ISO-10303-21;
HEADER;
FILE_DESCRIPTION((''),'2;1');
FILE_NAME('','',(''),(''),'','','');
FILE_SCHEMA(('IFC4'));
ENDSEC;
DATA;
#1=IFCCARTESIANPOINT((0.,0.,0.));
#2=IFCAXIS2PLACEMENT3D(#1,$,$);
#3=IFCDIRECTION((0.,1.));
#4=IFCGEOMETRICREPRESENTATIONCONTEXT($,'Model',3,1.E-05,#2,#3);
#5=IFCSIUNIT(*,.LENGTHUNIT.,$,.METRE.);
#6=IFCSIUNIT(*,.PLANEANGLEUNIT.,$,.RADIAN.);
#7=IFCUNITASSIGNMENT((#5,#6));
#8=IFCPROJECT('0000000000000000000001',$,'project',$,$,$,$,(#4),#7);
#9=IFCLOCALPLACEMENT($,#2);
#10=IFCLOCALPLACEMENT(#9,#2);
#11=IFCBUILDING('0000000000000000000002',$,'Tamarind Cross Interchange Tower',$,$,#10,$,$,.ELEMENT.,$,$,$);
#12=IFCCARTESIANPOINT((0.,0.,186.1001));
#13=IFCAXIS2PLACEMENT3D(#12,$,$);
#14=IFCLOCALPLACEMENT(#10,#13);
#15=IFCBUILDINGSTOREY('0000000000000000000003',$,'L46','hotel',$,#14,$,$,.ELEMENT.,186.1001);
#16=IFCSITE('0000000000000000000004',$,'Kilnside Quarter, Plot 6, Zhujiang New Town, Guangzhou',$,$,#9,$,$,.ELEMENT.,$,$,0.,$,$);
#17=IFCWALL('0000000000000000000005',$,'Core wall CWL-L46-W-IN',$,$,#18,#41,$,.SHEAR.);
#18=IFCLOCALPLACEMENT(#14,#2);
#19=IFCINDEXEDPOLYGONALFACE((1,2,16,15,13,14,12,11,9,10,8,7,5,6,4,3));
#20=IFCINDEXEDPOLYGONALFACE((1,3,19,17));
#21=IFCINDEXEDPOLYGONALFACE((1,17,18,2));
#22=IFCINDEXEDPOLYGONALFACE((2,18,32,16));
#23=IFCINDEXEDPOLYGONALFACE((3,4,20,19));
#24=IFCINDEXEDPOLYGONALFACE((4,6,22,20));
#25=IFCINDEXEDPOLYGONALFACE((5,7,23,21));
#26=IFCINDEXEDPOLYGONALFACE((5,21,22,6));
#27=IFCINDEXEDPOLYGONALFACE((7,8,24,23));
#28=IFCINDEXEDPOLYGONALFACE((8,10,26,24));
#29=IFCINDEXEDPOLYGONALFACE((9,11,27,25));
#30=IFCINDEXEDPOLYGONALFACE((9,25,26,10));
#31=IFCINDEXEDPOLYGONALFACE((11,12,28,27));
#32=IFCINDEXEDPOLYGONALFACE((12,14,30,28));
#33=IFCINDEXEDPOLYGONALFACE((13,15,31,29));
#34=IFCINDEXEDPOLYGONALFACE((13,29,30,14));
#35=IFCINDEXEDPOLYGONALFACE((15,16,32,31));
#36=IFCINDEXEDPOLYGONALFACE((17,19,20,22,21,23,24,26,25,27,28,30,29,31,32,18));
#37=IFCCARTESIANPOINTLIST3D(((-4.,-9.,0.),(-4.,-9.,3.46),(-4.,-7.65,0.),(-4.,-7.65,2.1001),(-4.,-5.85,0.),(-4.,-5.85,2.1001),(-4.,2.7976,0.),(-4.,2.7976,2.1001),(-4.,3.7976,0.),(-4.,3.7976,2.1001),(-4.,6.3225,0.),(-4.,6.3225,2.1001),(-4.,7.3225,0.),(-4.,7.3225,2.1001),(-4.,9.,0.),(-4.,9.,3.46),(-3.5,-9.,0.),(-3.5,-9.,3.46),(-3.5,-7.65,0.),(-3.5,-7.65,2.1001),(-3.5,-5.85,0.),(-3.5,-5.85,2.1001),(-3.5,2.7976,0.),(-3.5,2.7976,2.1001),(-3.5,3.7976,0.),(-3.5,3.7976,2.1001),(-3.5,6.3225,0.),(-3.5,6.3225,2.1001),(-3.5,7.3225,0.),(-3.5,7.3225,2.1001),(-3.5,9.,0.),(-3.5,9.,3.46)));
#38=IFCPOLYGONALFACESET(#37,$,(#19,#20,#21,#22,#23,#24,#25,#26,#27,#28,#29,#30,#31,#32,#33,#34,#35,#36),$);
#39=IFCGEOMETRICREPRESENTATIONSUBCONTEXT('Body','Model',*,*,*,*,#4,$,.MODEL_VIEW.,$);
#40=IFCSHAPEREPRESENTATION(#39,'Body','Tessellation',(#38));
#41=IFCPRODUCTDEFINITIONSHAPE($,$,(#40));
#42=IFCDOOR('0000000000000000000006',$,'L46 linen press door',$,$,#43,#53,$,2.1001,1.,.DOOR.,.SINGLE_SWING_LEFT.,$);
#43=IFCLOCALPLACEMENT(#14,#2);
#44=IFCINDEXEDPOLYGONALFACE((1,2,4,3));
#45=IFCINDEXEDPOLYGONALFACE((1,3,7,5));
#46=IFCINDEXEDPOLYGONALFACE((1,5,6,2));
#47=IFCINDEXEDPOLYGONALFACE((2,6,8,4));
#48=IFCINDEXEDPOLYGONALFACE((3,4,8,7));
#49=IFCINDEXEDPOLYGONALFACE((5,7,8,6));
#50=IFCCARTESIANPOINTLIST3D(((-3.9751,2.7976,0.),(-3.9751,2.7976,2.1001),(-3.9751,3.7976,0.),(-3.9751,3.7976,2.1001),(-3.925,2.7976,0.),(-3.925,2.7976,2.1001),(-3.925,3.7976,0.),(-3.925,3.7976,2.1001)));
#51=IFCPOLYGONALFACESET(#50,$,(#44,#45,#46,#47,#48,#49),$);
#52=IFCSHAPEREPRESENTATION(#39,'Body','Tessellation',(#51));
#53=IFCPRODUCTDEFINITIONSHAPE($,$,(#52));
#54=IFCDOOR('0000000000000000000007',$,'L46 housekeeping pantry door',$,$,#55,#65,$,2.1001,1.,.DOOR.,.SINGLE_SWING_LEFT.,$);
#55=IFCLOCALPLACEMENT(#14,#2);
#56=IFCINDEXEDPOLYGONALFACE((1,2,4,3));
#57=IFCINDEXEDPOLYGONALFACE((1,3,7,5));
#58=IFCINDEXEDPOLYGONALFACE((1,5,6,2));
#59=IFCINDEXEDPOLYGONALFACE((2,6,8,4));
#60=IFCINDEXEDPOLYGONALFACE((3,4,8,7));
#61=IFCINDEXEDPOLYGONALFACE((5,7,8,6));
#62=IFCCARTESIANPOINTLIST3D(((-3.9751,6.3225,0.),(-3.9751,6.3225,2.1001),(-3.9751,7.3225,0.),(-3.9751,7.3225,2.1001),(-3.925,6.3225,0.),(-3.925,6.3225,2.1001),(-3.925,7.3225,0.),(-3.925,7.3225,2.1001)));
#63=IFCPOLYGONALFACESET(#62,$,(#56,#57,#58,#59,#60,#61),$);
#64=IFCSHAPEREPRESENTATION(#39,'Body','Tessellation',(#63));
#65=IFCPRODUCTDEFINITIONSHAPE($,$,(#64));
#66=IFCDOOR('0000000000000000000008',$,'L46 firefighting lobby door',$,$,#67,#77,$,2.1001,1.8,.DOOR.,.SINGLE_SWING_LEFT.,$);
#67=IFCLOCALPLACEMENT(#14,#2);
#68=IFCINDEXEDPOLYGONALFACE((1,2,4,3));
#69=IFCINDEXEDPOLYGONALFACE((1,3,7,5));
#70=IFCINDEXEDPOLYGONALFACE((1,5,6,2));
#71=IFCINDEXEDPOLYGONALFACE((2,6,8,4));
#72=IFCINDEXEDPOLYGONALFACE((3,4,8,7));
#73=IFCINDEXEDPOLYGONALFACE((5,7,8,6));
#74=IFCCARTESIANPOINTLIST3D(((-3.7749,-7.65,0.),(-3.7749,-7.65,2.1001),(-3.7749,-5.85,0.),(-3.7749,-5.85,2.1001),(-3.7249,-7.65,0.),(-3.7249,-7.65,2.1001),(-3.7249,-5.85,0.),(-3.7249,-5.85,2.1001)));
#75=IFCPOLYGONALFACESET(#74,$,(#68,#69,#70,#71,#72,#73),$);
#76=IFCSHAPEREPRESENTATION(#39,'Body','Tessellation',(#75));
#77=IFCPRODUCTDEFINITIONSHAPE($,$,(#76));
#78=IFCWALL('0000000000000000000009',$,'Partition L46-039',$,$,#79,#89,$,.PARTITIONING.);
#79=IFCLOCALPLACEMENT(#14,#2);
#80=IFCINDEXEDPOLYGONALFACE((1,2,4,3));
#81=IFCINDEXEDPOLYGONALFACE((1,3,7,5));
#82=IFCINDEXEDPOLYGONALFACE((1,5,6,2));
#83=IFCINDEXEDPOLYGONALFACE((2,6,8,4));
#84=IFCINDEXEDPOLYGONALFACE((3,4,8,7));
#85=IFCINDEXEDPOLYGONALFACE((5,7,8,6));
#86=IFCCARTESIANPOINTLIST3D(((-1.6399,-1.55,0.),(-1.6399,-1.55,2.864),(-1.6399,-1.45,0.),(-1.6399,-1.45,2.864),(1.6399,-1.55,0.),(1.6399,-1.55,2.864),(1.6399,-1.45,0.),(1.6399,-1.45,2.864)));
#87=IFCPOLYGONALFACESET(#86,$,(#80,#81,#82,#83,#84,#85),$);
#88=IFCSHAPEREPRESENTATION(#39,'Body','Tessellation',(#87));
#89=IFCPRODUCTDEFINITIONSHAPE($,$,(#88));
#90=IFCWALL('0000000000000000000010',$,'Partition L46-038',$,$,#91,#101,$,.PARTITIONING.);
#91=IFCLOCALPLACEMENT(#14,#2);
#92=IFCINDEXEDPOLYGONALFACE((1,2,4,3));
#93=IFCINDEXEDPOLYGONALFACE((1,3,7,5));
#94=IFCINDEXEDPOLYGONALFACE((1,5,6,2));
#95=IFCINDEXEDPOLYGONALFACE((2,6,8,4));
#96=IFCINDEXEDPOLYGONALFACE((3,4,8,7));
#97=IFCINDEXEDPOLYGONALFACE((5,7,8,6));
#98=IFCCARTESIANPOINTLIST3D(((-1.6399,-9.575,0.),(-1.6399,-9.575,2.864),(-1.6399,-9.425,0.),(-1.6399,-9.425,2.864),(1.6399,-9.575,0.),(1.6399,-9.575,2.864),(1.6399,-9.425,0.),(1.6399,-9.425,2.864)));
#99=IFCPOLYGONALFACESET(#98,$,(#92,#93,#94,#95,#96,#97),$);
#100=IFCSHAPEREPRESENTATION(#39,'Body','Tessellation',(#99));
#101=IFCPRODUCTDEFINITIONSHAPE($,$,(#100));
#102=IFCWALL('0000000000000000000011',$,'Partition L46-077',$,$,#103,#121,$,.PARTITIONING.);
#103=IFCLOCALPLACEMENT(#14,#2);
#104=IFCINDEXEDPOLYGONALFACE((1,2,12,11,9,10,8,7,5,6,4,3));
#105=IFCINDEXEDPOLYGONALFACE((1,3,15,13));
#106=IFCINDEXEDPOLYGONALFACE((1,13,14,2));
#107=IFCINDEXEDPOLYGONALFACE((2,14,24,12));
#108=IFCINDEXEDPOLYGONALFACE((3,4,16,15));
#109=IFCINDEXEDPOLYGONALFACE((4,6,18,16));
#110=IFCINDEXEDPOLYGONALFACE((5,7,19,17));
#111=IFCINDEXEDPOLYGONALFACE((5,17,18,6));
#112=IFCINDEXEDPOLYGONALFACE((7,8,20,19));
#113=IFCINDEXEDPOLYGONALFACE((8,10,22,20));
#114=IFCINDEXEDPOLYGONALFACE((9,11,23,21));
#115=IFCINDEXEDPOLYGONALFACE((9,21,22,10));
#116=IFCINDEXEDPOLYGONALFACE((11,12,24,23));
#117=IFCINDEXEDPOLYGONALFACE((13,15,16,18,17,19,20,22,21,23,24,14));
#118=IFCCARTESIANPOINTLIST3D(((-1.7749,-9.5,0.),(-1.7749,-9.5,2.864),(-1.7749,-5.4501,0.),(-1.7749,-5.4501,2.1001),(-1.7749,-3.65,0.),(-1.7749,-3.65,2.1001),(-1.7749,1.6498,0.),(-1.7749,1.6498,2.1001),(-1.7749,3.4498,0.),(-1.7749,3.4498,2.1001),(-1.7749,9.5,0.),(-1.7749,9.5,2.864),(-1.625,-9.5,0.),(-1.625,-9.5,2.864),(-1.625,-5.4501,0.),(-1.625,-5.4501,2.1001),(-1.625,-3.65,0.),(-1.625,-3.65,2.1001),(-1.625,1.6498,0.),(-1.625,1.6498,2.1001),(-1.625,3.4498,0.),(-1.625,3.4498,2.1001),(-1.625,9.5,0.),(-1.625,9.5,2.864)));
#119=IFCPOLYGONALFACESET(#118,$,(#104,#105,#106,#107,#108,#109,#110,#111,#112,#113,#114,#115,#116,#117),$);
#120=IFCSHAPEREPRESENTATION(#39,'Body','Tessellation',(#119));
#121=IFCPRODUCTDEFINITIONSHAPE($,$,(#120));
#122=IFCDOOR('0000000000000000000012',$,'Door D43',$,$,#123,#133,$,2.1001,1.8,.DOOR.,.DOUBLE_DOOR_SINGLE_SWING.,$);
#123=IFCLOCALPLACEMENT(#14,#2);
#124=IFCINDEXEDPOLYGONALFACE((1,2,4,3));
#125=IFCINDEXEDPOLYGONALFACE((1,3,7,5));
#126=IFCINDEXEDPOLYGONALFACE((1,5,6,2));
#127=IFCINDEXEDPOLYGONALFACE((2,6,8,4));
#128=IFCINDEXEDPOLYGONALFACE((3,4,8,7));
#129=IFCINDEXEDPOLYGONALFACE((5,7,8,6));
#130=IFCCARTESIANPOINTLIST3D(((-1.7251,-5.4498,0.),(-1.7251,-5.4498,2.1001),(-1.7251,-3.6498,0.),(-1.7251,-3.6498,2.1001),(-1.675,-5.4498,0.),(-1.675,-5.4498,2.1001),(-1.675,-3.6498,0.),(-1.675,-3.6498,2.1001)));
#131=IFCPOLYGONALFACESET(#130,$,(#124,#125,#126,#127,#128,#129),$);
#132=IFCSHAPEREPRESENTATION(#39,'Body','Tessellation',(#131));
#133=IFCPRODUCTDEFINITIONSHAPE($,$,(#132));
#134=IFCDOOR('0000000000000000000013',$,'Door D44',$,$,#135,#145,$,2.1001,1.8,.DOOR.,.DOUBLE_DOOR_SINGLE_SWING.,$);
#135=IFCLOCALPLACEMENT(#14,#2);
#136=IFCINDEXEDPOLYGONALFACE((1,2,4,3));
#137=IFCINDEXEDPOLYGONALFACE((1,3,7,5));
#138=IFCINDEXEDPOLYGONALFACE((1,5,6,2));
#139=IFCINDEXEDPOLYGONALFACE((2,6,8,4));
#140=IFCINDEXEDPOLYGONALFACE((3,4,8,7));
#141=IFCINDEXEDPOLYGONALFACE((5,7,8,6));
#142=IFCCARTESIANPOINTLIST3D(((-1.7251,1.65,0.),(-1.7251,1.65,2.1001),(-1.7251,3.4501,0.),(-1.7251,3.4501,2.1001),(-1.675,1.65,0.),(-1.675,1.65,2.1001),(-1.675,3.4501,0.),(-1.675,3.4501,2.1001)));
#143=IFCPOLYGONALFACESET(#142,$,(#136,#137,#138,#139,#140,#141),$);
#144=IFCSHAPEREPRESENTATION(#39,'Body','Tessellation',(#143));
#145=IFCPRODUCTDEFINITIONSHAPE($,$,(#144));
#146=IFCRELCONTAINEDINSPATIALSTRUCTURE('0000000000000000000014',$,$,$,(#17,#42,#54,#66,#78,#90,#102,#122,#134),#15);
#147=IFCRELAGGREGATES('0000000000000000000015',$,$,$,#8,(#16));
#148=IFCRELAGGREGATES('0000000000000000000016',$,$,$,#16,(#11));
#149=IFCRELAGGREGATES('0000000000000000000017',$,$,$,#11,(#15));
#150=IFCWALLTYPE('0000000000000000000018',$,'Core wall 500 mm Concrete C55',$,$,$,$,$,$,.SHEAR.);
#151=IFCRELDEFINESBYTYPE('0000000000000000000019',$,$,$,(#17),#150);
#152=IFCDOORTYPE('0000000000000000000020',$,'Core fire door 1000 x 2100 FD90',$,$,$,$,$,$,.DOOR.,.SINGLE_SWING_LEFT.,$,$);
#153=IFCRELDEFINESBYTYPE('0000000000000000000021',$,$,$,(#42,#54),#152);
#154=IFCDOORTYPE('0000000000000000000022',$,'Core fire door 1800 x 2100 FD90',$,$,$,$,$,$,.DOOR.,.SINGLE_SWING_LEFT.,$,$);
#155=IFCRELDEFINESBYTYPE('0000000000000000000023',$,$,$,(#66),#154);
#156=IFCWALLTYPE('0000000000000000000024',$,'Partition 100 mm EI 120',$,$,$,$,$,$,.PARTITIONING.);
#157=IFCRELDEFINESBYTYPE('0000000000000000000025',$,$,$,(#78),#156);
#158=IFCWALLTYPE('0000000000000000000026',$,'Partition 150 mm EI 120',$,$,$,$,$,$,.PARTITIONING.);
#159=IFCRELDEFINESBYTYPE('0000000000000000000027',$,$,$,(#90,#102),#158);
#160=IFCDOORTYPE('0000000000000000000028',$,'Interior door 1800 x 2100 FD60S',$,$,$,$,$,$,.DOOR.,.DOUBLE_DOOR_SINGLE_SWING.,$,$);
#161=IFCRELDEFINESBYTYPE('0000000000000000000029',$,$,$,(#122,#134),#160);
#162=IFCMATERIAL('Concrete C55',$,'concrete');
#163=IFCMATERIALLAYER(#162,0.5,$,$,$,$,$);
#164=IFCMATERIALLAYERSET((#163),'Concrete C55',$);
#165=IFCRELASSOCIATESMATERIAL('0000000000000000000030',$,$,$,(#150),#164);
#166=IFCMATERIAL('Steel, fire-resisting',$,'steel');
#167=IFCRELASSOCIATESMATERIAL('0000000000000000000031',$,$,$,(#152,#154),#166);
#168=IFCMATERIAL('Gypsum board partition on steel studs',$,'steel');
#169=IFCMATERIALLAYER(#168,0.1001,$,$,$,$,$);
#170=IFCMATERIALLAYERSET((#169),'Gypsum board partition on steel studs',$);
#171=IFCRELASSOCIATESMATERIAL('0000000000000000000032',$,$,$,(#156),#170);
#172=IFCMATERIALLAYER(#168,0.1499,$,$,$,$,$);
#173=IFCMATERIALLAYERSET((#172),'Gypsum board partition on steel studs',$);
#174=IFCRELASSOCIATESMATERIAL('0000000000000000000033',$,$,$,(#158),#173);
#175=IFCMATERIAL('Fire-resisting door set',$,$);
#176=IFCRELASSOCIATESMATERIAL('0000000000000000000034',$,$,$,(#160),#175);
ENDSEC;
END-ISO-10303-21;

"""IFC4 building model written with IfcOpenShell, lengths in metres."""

from ifc_helpers import new_model, si_unit, direction, frame, frame_2d, origin, place, context, subcontext, project, spatial, rectangle, extrude, material, layer, layer_set, type_object, element, fill, save


model = new_model("IFC4")

# Units and contexts
model_context = context("Model", 3, precision=1e-05, world=origin(), true_north=direction((0.0, 1.0)))
body_context = subcontext(model_context, "Body", "Model", "MODEL_VIEW")
ifc_project = project(units=[si_unit("LENGTHUNIT", "METRE"), si_unit("PLANEANGLEUNIT", "RADIAN")], contexts=[model_context])

# Site, building, storey
site_placement = place(None, origin())
site = spatial("IfcSite", under=ifc_project, at=site_placement, Name="Kilnside Quarter, Plot 6, Zhujiang New Town, Guangzhou", CompositionType="ELEMENT", RefElevation=0.0)
building_placement = place(site_placement, origin())
building = spatial("IfcBuilding", under=site, at=building_placement, Name="Tamarind Cross Interchange Tower", CompositionType="ELEMENT")
storey_placement = place(building_placement, frame((0.0, 0.0, 186.1001)))
storey = spatial("IfcBuildingStorey", under=building, at=storey_placement, Name="L46", Description="hotel", CompositionType="ELEMENT", Elevation=186.1001)

# Wall, openings, doors
ifc_material_1 = material(Name="Concrete C55", Category="concrete")
ifc_layer_1 = layer(ifc_material_1, 0.5)
ifc_layer_set_1 = layer_set([ifc_layer_1], Name="Concrete C55")
wall_type_1 = type_object("IfcWallType", Name="Core wall 500 mm Concrete C55", PredefinedType="SHEAR", material=ifc_layer_set_1)
wall_1_placement = place(storey_placement, frame((-3.75, -9.0, 0.0), z_axis=(0.0, 0.0, 1.0), x_axis=(0.0, 1.0, 0.0)))
wall_1 = element("IfcWall", 1, at=wall_1_placement, inside=storey, type_object=wall_type_1, Name="Core wall CWL-L46-W-IN", PredefinedType="SHEAR", context=body_context, shape_type="SweptSolid", body=[
    extrude(rectangle(XDim=18.0, YDim=0.5, at=frame_2d((9.0, 0.0))), origin(), (0.0, 0.0, 1.0), 3.46),
])
opening_1_placement = place(wall_1_placement, frame((1.3501, 0.0, 0.0)))
opening_1 = element("IfcOpeningElement", 2, at=opening_1_placement, cuts=wall_1, PredefinedType="OPENING", context=body_context, shape_type="SweptSolid", body=[
    extrude(rectangle(XDim=1.8, YDim=2.1001, at=frame_2d((0.8999, 1.05))), frame((0.0, 0.26, 0.0), z_axis=(0.0, -1.0, 0.0), x_axis=(1.0, 0.0, 0.0)), (0.0, 0.0, 1.0), 0.52),
])
opening_2_placement = place(wall_1_placement, frame((11.7976, 0.0, 0.0)))
opening_2 = element("IfcOpeningElement", 3, at=opening_2_placement, cuts=wall_1, PredefinedType="OPENING", context=body_context, shape_type="SweptSolid", body=[
    extrude(rectangle(XDim=1.0, YDim=2.1001, at=frame_2d((0.5, 1.05))), frame((0.0, 0.26, 0.0), z_axis=(0.0, -1.0, 0.0), x_axis=(1.0, 0.0, 0.0)), (0.0, 0.0, 1.0), 0.52),
])
opening_3_placement = place(wall_1_placement, frame((15.3225, 0.0, 0.0)))
opening_3 = element("IfcOpeningElement", 4, at=opening_3_placement, cuts=wall_1, PredefinedType="OPENING", context=body_context, shape_type="SweptSolid", body=[
    extrude(rectangle(XDim=1.0, YDim=2.1001, at=frame_2d((0.5, 1.05))), frame((0.0, 0.26, 0.0), z_axis=(0.0, -1.0, 0.0), x_axis=(1.0, 0.0, 0.0)), (0.0, 0.0, 1.0), 0.52),
])
ifc_material_2 = material(Name="Steel, fire-resisting", Category="steel")
door_type_1 = type_object("IfcDoorType", Name="Core fire door 1000 x 2100 FD90", OperationType="SINGLE_SWING_LEFT", PredefinedType="DOOR", material=ifc_material_2)
door_1_placement = place(opening_2_placement, origin())
door_1 = element("IfcDoor", 5, at=door_1_placement, inside=storey, type_object=door_type_1, Name="L46 linen press door", OperationType="SINGLE_SWING_LEFT", OverallHeight=2.1001, OverallWidth=1.0, PredefinedType="DOOR", context=body_context, shape_type="SweptSolid", body=[
    extrude(rectangle(XDim=1.0, YDim=2.1001, at=frame_2d((0.5, 1.05))), frame((0.0, 0.2251, 0.0), z_axis=(0.0, -1.0, 0.0), x_axis=(1.0, 0.0, 0.0)), (0.0, 0.0, 1.0), 0.05),
])
fill(opening_2, door_1)
door_2_placement = place(opening_3_placement, origin())
door_2 = element("IfcDoor", 6, at=door_2_placement, inside=storey, type_object=door_type_1, Name="L46 housekeeping pantry door", OperationType="SINGLE_SWING_LEFT", OverallHeight=2.1001, OverallWidth=1.0, PredefinedType="DOOR", context=body_context, shape_type="SweptSolid", body=[
    extrude(rectangle(XDim=1.0, YDim=2.1001, at=frame_2d((0.5, 1.05))), frame((0.0, 0.2251, 0.0), z_axis=(0.0, -1.0, 0.0), x_axis=(1.0, 0.0, 0.0)), (0.0, 0.0, 1.0), 0.05),
])
fill(opening_3, door_2)
door_type_2 = type_object("IfcDoorType", Name="Core fire door 1800 x 2100 FD90", OperationType="SINGLE_SWING_LEFT", PredefinedType="DOOR", material=ifc_material_2)
door_3_placement = place(opening_1_placement, origin())
door_3 = element("IfcDoor", 7, at=door_3_placement, inside=storey, type_object=door_type_2, Name="L46 firefighting lobby door", OperationType="SINGLE_SWING_LEFT", OverallHeight=2.1001, OverallWidth=1.8, PredefinedType="DOOR", context=body_context, shape_type="SweptSolid", body=[
    extrude(rectangle(XDim=1.8, YDim=2.1001, at=frame_2d((0.8999, 1.05))), frame((0.0, 0.0249, 0.0), z_axis=(0.0, -1.0, 0.0), x_axis=(1.0, 0.0, 0.0)), (0.0, 0.0, 1.0), 0.05),
])
fill(opening_1, door_3)

# Walls
ifc_material_3 = material(Name="Gypsum board partition on steel studs", Category="steel")
ifc_layer_2 = layer(ifc_material_3, 0.1001)
ifc_layer_set_2 = layer_set([ifc_layer_2], Name="Gypsum board partition on steel studs")
wall_type_2 = type_object("IfcWallType", Name="Partition 100 mm EI 120", PredefinedType="PARTITIONING", material=ifc_layer_set_2)
wall_2_placement = place(storey_placement, frame((-1.6399, -1.5, 0.0), z_axis=(0.0, 0.0, 1.0), x_axis=(1.0, 0.0, 0.0)))
element("IfcWall", 8, at=wall_2_placement, inside=storey, type_object=wall_type_2, Name="Partition L46-039", PredefinedType="PARTITIONING", context=body_context, shape_type="SweptSolid", body=[
    extrude(rectangle(XDim=3.2798, YDim=0.1001, at=frame_2d((1.6399, 0.0))), origin(), (0.0, 0.0, 1.0), 2.864),
])
ifc_layer_3 = layer(ifc_material_3, 0.1499)
ifc_layer_set_3 = layer_set([ifc_layer_3], Name="Gypsum board partition on steel studs")
wall_type_3 = type_object("IfcWallType", Name="Partition 150 mm EI 120", PredefinedType="PARTITIONING", material=ifc_layer_set_3)
wall_3_placement = place(storey_placement, frame((-1.6399, -9.5, 0.0), z_axis=(0.0, 0.0, 1.0), x_axis=(1.0, 0.0, 0.0)))
element("IfcWall", 9, at=wall_3_placement, inside=storey, type_object=wall_type_3, Name="Partition L46-038", PredefinedType="PARTITIONING", context=body_context, shape_type="SweptSolid", body=[
    extrude(rectangle(XDim=3.2798, YDim=0.1499, at=frame_2d((1.6399, 0.0))), origin(), (0.0, 0.0, 1.0), 2.864),
])

# Wall, openings, doors
wall_4_placement = place(storey_placement, frame((-1.7, -9.5, 0.0), z_axis=(0.0, 0.0, 1.0), x_axis=(0.0, 1.0, 0.0)))
wall_4 = element("IfcWall", 10, at=wall_4_placement, inside=storey, type_object=wall_type_3, Name="Partition L46-077", PredefinedType="PARTITIONING", context=body_context, shape_type="SweptSolid", body=[
    extrude(rectangle(XDim=19.0, YDim=0.1499, at=frame_2d((9.5, 0.0))), origin(), (0.0, 0.0, 1.0), 2.864),
])
opening_4_placement = place(wall_4_placement, frame((4.05, 0.0, 0.0)))
opening_4 = element("IfcOpeningElement", 11, at=opening_4_placement, cuts=wall_4, PredefinedType="OPENING", context=body_context, shape_type="SweptSolid", body=[
    extrude(rectangle(XDim=1.8, YDim=2.1001, at=frame_2d((0.8999, 1.05))), frame((0.0, 0.085, 0.0), z_axis=(0.0, -1.0, 0.0), x_axis=(1.0, 0.0, 0.0)), (0.0, 0.0, 1.0), 0.1699),
])
opening_5_placement = place(wall_4_placement, frame((11.1499, 0.0, 0.0)))
opening_5 = element("IfcOpeningElement", 12, at=opening_5_placement, cuts=wall_4, PredefinedType="OPENING", context=body_context, shape_type="SweptSolid", body=[
    extrude(rectangle(XDim=1.8, YDim=2.1001, at=frame_2d((0.8999, 1.05))), frame((0.0, 0.085, 0.0), z_axis=(0.0, -1.0, 0.0), x_axis=(1.0, 0.0, 0.0)), (0.0, 0.0, 1.0), 0.1699),
])
ifc_material_4 = material(Name="Fire-resisting door set")
door_type_3 = type_object("IfcDoorType", Name="Interior door 1800 x 2100 FD60S", OperationType="DOUBLE_DOOR_SINGLE_SWING", PredefinedType="DOOR", material=ifc_material_4)
door_4_placement = place(opening_4_placement, frame((1.8, 0.0, 0.0), z_axis=(0.0, 0.0, 1.0), x_axis=(-1.0, 0.0, 0.0)))
door_4 = element("IfcDoor", 13, at=door_4_placement, inside=storey, type_object=door_type_3, Name="Door D43", OperationType="DOUBLE_DOOR_SINGLE_SWING", OverallHeight=2.1001, OverallWidth=1.8, PredefinedType="DOOR", context=body_context, shape_type="SweptSolid", body=[
    extrude(rectangle(XDim=1.8, YDim=2.1001, at=frame_2d((0.8999, 1.05))), frame((0.0, 0.0249, 0.0), z_axis=(0.0, -1.0, 0.0), x_axis=(1.0, 0.0, 0.0)), (0.0, 0.0, 1.0), 0.05),
])
fill(opening_4, door_4)
door_5_placement = place(opening_5_placement, frame((1.8, 0.0, 0.0), z_axis=(0.0, 0.0, 1.0), x_axis=(-1.0, 0.0, 0.0)))
door_5 = element("IfcDoor", 14, at=door_5_placement, inside=storey, type_object=door_type_3, Name="Door D44", OperationType="DOUBLE_DOOR_SINGLE_SWING", OverallHeight=2.1001, OverallWidth=1.8, PredefinedType="DOOR", context=body_context, shape_type="SweptSolid", body=[
    extrude(rectangle(XDim=1.8, YDim=2.1001, at=frame_2d((0.8999, 1.05))), frame((0.0, 0.0249, 0.0), z_axis=(0.0, -1.0, 0.0), x_axis=(1.0, 0.0, 0.0)), (0.0, 0.0, 1.0), 0.05),
])
fill(opening_5, door_5)

save(model, "model.ifc")
